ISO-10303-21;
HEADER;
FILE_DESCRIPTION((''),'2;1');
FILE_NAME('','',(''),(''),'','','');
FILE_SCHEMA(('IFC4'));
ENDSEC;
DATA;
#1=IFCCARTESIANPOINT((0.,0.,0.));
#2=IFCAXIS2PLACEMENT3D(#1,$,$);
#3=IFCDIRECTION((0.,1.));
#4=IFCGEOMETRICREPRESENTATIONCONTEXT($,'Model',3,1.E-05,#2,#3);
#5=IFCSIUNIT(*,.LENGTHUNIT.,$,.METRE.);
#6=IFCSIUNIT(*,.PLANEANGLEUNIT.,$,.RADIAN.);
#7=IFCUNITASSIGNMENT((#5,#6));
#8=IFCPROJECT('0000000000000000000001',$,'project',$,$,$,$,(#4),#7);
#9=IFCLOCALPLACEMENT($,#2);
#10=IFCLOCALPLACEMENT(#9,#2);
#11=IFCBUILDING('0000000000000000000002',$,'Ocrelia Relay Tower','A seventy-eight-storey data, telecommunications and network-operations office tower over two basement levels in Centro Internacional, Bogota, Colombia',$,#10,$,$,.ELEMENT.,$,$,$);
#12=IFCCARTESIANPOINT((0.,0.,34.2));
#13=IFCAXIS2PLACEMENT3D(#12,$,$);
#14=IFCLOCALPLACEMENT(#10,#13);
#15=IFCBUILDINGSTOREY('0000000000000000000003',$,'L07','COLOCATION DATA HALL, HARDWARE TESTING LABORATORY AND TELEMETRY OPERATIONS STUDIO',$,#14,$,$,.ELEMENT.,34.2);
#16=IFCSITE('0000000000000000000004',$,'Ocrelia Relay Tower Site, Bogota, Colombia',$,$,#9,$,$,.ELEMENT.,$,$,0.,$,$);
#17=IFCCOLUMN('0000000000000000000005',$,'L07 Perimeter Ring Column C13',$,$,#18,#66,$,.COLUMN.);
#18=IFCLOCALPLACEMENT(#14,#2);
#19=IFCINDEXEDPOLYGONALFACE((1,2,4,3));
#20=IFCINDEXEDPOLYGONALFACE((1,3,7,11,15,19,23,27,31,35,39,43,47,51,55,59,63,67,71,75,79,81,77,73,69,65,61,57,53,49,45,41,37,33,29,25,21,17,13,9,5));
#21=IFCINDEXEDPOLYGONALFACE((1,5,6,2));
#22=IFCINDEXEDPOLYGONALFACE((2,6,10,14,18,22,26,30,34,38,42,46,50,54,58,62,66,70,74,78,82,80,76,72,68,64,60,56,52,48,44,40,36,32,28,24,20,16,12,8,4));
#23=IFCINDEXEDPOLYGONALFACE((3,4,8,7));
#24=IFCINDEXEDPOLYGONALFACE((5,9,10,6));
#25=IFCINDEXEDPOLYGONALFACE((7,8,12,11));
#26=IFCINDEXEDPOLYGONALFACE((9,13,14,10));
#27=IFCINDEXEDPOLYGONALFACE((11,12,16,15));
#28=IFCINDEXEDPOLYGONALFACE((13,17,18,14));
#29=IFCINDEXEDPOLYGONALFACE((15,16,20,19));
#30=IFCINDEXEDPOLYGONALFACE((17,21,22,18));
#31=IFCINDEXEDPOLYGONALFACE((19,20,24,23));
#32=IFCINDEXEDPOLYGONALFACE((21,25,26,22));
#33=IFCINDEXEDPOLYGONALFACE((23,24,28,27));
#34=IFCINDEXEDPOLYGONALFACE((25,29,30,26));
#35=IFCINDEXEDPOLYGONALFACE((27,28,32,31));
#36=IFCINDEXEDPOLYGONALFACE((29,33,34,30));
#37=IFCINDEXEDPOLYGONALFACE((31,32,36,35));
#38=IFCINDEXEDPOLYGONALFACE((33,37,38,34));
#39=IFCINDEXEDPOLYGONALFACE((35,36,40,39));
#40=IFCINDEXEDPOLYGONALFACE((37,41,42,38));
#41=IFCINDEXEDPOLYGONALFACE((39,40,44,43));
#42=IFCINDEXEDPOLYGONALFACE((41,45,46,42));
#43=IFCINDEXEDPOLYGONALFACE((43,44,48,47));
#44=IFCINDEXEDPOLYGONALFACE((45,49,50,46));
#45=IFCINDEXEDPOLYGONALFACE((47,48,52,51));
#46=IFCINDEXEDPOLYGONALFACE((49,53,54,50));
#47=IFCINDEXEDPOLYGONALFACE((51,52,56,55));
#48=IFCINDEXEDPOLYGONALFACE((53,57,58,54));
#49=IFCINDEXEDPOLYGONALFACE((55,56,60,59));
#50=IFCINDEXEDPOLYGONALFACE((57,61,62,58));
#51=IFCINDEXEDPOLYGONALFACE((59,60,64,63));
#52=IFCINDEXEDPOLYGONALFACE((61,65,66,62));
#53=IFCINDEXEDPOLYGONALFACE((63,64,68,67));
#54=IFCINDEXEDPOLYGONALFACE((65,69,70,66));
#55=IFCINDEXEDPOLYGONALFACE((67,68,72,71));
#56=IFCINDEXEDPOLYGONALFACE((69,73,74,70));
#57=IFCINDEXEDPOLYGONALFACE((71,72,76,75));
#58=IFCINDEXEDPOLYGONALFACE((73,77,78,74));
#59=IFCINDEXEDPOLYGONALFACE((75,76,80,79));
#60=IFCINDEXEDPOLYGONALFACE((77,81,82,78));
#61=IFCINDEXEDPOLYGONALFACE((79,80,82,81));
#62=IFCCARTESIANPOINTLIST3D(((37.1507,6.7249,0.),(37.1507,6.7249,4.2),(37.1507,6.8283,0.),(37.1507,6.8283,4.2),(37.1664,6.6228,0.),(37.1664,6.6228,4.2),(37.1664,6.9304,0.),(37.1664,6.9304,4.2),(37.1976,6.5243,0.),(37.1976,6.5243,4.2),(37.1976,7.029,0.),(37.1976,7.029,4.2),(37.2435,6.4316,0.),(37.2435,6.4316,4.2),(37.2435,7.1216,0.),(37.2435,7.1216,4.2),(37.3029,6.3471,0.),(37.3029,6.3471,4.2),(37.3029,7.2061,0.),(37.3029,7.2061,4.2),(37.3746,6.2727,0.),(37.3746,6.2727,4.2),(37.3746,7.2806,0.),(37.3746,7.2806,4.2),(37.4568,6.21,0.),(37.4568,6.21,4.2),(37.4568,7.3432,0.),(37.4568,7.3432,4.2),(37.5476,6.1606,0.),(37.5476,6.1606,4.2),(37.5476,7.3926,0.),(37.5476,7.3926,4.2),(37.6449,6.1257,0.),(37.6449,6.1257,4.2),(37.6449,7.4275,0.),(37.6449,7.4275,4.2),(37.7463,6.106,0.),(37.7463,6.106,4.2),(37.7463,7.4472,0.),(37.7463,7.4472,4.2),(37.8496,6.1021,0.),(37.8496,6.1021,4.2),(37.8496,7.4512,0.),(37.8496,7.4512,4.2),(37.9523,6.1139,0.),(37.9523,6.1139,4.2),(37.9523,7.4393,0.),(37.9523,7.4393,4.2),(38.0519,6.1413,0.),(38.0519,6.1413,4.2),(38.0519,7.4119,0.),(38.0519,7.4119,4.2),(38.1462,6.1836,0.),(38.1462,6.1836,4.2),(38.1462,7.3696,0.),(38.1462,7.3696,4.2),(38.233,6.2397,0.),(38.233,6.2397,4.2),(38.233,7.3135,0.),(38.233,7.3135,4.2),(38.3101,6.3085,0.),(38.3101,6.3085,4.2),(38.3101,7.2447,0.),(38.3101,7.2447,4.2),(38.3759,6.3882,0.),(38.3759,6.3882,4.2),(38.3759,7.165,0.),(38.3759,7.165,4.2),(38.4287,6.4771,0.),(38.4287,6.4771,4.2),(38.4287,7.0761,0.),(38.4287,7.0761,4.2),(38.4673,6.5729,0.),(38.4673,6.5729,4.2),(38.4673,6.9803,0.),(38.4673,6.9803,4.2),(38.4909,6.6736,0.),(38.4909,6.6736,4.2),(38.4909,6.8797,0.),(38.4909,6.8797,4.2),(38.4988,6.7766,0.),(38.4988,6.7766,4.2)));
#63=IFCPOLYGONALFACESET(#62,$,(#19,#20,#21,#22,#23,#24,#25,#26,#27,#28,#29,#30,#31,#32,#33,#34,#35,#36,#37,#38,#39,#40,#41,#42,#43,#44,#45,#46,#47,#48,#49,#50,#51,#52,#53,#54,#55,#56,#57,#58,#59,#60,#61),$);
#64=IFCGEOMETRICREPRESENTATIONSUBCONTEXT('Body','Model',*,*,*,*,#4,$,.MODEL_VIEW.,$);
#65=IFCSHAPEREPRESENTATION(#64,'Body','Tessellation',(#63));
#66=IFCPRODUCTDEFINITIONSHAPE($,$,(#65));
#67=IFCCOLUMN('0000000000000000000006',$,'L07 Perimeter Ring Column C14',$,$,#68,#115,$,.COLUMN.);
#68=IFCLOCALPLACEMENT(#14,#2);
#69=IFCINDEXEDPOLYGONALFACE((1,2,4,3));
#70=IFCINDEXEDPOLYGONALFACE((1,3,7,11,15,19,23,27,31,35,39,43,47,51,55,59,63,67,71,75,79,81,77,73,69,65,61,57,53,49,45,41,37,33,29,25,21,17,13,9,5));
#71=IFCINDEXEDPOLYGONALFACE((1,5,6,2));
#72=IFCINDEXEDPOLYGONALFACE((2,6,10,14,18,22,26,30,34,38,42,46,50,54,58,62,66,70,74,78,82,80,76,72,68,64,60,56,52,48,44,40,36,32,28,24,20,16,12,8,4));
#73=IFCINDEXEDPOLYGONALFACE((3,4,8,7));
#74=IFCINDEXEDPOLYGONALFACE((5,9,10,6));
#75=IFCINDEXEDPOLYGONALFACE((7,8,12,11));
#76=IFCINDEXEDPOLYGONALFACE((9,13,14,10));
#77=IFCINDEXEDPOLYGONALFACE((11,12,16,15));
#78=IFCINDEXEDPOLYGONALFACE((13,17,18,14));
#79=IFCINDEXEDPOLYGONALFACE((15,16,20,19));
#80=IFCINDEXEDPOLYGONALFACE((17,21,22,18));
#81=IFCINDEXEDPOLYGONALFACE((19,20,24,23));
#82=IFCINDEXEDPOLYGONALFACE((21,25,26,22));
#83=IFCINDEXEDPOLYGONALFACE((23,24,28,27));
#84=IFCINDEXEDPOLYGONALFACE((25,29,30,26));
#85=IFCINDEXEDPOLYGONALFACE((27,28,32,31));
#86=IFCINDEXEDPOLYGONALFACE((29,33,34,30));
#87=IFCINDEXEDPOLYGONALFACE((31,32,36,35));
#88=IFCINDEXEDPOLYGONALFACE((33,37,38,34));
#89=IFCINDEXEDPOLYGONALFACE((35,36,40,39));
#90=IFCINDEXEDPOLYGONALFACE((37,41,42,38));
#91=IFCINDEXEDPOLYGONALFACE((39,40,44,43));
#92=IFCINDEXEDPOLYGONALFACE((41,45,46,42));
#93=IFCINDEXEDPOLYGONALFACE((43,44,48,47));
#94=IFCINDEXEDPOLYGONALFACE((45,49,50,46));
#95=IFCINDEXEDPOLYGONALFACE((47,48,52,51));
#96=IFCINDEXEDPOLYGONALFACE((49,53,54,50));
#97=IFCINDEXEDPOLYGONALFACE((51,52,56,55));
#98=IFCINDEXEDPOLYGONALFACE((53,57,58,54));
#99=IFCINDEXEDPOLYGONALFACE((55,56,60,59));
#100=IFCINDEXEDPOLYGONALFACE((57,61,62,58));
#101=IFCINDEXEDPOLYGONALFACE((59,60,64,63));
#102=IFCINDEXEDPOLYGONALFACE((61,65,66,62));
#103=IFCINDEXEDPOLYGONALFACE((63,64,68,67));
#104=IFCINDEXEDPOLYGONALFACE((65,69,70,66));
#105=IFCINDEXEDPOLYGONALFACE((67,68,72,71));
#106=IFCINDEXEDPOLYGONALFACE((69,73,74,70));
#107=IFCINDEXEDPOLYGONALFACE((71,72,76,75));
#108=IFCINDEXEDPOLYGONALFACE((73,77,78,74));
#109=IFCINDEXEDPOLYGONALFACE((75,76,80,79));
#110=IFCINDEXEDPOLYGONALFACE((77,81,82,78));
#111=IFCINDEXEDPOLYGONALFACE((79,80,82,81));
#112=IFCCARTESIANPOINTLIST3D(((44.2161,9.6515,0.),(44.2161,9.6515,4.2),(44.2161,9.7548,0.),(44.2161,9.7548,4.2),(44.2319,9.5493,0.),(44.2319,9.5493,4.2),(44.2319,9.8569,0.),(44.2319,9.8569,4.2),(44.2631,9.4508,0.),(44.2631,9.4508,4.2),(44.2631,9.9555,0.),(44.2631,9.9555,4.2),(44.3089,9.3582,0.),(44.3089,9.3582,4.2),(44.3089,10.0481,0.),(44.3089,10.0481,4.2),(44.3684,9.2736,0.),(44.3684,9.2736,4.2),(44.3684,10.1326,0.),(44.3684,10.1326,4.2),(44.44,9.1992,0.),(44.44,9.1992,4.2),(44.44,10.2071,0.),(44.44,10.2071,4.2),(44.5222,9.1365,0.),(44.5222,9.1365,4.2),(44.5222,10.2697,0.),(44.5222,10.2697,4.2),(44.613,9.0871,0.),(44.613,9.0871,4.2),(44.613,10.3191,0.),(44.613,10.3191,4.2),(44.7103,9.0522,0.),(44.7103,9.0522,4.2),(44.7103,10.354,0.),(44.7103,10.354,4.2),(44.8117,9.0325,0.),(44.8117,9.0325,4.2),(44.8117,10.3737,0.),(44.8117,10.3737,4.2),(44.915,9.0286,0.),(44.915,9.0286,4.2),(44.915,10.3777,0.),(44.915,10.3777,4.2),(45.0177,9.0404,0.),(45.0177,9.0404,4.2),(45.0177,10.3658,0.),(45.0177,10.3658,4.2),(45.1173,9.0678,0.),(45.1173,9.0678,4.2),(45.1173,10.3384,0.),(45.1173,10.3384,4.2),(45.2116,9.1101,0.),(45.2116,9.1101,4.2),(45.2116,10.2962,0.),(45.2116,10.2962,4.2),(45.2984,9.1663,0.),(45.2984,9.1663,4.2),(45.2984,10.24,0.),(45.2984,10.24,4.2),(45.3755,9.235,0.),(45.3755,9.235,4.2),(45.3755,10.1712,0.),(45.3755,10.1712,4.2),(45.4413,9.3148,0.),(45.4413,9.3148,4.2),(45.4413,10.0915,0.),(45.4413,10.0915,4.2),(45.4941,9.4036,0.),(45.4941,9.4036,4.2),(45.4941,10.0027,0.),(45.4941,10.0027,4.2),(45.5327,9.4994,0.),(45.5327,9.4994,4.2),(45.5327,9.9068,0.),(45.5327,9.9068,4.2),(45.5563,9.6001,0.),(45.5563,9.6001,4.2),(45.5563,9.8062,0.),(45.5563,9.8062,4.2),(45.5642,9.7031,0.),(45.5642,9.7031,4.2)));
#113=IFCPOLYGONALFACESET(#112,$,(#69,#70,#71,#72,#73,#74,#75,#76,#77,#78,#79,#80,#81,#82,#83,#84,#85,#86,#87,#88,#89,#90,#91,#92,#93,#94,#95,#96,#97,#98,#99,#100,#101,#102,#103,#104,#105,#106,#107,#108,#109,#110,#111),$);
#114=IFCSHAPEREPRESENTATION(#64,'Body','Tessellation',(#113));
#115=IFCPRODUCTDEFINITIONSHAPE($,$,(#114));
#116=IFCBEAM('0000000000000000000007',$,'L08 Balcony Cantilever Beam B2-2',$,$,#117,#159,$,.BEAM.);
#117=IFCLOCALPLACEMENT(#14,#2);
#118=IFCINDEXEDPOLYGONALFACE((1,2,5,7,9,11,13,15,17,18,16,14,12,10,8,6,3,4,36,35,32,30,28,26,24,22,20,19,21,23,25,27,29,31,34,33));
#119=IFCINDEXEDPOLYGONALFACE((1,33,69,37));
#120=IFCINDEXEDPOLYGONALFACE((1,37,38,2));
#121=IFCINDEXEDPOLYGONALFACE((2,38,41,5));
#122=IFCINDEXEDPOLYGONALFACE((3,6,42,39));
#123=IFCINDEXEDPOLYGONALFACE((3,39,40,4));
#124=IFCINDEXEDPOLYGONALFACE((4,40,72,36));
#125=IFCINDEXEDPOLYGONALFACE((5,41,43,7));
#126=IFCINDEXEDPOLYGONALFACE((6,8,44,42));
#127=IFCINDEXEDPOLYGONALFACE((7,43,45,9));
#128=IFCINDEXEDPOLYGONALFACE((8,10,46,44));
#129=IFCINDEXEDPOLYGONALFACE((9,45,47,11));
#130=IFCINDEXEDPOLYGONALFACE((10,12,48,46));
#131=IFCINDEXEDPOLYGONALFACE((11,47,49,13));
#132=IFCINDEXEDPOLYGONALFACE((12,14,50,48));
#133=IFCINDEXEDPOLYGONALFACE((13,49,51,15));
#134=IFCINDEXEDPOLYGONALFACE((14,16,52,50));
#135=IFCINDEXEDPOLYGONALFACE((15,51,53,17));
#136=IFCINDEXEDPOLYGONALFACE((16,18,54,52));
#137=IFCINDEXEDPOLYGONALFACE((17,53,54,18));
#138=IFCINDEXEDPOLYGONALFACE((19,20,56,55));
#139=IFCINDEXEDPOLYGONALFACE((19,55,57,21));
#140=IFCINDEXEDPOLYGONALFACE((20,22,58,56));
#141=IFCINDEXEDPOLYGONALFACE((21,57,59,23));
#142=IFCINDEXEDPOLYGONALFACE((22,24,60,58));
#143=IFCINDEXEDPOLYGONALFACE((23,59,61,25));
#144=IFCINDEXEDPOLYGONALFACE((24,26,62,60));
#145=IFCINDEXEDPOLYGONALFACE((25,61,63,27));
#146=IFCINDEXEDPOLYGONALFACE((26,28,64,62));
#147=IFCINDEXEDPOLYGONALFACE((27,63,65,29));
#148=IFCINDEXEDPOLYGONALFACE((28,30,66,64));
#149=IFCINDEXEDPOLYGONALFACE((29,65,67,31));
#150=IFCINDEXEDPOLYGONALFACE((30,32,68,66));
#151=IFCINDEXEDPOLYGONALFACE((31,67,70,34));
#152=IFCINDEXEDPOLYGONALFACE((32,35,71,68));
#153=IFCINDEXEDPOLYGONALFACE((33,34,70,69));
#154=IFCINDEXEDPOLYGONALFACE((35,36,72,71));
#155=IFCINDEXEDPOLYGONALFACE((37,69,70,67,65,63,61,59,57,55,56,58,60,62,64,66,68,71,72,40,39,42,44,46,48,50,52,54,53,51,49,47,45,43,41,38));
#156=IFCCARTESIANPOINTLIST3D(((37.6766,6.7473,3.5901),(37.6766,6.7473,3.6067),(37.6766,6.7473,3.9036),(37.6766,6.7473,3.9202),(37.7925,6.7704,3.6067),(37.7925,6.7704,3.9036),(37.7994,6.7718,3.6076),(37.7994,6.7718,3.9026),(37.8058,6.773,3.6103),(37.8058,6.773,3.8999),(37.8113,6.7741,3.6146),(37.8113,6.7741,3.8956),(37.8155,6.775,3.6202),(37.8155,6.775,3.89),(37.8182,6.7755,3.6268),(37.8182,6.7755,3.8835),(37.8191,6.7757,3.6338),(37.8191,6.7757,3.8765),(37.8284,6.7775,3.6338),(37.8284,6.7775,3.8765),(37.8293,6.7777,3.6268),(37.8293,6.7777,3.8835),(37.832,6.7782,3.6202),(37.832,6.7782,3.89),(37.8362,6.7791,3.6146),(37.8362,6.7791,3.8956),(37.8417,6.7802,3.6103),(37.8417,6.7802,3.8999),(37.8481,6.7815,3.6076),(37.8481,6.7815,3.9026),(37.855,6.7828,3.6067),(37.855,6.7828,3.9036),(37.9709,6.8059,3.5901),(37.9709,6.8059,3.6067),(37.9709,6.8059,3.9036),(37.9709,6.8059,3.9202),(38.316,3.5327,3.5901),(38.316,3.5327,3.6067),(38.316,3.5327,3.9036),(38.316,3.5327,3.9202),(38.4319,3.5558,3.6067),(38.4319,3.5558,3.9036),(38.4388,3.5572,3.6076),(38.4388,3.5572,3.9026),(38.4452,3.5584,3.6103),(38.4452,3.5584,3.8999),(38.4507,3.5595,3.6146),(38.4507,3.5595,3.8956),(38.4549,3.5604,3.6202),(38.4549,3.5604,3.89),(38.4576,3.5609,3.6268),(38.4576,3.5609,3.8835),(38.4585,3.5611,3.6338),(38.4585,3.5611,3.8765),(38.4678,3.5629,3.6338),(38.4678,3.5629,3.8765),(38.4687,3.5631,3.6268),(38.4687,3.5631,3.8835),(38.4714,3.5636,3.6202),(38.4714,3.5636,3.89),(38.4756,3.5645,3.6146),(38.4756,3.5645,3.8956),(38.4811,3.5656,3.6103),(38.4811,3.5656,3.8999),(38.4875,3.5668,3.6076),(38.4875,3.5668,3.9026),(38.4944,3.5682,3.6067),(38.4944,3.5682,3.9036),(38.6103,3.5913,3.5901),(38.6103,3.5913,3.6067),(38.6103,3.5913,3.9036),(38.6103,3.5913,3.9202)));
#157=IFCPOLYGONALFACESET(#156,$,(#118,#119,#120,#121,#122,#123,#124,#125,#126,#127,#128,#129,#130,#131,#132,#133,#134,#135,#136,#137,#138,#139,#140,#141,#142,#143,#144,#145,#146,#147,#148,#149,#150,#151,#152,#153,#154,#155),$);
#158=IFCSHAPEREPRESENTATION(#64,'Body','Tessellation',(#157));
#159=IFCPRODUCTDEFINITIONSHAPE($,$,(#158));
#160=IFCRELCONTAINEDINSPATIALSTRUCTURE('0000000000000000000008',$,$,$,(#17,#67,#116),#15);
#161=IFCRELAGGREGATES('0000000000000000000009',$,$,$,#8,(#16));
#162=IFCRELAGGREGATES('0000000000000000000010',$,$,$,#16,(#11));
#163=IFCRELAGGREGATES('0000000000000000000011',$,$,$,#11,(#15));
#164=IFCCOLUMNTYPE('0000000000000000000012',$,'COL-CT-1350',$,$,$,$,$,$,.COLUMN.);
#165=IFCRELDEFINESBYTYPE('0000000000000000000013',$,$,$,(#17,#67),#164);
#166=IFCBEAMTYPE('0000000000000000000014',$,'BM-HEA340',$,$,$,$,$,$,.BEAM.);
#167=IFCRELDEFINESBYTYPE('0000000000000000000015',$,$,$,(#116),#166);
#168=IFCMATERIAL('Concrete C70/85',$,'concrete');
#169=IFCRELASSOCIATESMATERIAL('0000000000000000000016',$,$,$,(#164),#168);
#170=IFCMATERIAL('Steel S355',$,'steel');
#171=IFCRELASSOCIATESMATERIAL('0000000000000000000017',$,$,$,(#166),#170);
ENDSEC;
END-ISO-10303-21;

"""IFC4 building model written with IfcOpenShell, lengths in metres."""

from ifc_helpers import new_model, si_unit, direction, frame, origin, origin_2d, place, context, subcontext, project, spatial, circle, i_section, extrude, material, material_profile, profile_set, type_object, element, save


model = new_model("IFC4")

# Units and contexts
model_context = context("Model", 3, precision=1e-05, world=origin(), true_north=direction((0.0, 1.0)))
body_context = subcontext(model_context, "Body", "Model", "MODEL_VIEW")
ifc_project = project(units=[si_unit("LENGTHUNIT", "METRE"), si_unit("PLANEANGLEUNIT", "RADIAN")], contexts=[model_context])

# Site, building, storey
site_placement = place(None, origin())
site = spatial("IfcSite", under=ifc_project, at=site_placement, Name="Ocrelia Relay Tower Site, Bogota, Colombia", CompositionType="ELEMENT", RefElevation=0.0)
building_placement = place(site_placement, origin())
building = spatial("IfcBuilding", under=site, at=building_placement, Name="Ocrelia Relay Tower", Description="A seventy-eight-storey data, telecommunications and network-operations office tower over two basement levels in Centro Internacional, Bogota, Colombia", CompositionType="ELEMENT")
storey_placement = place(building_placement, frame((0.0, 0.0, 34.2)))
storey = spatial("IfcBuildingStorey", under=building, at=storey_placement, Name="L07", Description="COLOCATION DATA HALL, HARDWARE TESTING LABORATORY AND TELEMETRY OPERATIONS STUDIO", CompositionType="ELEMENT", Elevation=34.2)

# Columns
ifc_material_1 = material(Name="Concrete C70/85", Category="concrete")
ifc_material_profile_1 = material_profile(ifc_material_1, circle(Radius=0.675, at=origin_2d()), Name="RC-CIR-1350")
ifc_profile_set_1 = profile_set([ifc_material_profile_1], Name="Concrete C70/85")
column_type = type_object("IfcColumnType", Name="COL-CT-1350", PredefinedType="COLUMN", material=ifc_profile_set_1)
for number, where, z_axis, x_axis, name in (
    (1, (37.8237, 6.7766, 0.0), (0.0, 0.0, 1.0), (1.0, 0.0, 0.0), "L07 Perimeter Ring Column C13"),
    (2, (44.8892, 9.7031, 0.0), (0.0, 0.0, 1.0), (1.0, 0.0, 0.0), "L07 Perimeter Ring Column C14"),
):
    element("IfcColumn", number, at=place(storey_placement, frame(where, z_axis=z_axis, x_axis=x_axis)), inside=storey, type_object=column_type, Name=name, PredefinedType="COLUMN", context=body_context, shape_type="SweptSolid", body=[
        extrude(circle(Radius=0.675, at=origin_2d()), origin(), (0.0, 0.0, 1.0), 4.2),
    ])

# Beam
ifc_material_2 = material(Name="Steel S355", Category="steel")
ifc_material_profile_2 = material_profile(ifc_material_2, i_section(OverallWidth=0.3, OverallDepth=0.3301, WebThickness=0.0095, FlangeThickness=0.0166, FilletRadius=0.0271, at=origin_2d()), Name="HEA 340")
ifc_profile_set_2 = profile_set([ifc_material_profile_2], Name="Steel S355")
beam_type_1 = type_object("IfcBeamType", Name="BM-HEA340", PredefinedType="BEAM", material=ifc_profile_set_2)
beam_1_placement = place(storey_placement, frame((37.8237, 6.7766, 3.7551), z_axis=(0.195085, -0.980786, 0.0), x_axis=(0.980786, 0.195085, 0.0)))
element("IfcBeam", 3, at=beam_1_placement, inside=storey, type_object=beam_type_1, Name="L08 Balcony Cantilever Beam B2-2", PredefinedType="BEAM", context=body_context, shape_type="SweptSolid", body=[
    extrude(i_section(OverallWidth=0.3, OverallDepth=0.3301, WebThickness=0.0095, FlangeThickness=0.0166, FilletRadius=0.0271, at=origin_2d()), origin(), (0.0, 0.0, 1.0), 3.2776),
])

save(model, "model.ifc")
